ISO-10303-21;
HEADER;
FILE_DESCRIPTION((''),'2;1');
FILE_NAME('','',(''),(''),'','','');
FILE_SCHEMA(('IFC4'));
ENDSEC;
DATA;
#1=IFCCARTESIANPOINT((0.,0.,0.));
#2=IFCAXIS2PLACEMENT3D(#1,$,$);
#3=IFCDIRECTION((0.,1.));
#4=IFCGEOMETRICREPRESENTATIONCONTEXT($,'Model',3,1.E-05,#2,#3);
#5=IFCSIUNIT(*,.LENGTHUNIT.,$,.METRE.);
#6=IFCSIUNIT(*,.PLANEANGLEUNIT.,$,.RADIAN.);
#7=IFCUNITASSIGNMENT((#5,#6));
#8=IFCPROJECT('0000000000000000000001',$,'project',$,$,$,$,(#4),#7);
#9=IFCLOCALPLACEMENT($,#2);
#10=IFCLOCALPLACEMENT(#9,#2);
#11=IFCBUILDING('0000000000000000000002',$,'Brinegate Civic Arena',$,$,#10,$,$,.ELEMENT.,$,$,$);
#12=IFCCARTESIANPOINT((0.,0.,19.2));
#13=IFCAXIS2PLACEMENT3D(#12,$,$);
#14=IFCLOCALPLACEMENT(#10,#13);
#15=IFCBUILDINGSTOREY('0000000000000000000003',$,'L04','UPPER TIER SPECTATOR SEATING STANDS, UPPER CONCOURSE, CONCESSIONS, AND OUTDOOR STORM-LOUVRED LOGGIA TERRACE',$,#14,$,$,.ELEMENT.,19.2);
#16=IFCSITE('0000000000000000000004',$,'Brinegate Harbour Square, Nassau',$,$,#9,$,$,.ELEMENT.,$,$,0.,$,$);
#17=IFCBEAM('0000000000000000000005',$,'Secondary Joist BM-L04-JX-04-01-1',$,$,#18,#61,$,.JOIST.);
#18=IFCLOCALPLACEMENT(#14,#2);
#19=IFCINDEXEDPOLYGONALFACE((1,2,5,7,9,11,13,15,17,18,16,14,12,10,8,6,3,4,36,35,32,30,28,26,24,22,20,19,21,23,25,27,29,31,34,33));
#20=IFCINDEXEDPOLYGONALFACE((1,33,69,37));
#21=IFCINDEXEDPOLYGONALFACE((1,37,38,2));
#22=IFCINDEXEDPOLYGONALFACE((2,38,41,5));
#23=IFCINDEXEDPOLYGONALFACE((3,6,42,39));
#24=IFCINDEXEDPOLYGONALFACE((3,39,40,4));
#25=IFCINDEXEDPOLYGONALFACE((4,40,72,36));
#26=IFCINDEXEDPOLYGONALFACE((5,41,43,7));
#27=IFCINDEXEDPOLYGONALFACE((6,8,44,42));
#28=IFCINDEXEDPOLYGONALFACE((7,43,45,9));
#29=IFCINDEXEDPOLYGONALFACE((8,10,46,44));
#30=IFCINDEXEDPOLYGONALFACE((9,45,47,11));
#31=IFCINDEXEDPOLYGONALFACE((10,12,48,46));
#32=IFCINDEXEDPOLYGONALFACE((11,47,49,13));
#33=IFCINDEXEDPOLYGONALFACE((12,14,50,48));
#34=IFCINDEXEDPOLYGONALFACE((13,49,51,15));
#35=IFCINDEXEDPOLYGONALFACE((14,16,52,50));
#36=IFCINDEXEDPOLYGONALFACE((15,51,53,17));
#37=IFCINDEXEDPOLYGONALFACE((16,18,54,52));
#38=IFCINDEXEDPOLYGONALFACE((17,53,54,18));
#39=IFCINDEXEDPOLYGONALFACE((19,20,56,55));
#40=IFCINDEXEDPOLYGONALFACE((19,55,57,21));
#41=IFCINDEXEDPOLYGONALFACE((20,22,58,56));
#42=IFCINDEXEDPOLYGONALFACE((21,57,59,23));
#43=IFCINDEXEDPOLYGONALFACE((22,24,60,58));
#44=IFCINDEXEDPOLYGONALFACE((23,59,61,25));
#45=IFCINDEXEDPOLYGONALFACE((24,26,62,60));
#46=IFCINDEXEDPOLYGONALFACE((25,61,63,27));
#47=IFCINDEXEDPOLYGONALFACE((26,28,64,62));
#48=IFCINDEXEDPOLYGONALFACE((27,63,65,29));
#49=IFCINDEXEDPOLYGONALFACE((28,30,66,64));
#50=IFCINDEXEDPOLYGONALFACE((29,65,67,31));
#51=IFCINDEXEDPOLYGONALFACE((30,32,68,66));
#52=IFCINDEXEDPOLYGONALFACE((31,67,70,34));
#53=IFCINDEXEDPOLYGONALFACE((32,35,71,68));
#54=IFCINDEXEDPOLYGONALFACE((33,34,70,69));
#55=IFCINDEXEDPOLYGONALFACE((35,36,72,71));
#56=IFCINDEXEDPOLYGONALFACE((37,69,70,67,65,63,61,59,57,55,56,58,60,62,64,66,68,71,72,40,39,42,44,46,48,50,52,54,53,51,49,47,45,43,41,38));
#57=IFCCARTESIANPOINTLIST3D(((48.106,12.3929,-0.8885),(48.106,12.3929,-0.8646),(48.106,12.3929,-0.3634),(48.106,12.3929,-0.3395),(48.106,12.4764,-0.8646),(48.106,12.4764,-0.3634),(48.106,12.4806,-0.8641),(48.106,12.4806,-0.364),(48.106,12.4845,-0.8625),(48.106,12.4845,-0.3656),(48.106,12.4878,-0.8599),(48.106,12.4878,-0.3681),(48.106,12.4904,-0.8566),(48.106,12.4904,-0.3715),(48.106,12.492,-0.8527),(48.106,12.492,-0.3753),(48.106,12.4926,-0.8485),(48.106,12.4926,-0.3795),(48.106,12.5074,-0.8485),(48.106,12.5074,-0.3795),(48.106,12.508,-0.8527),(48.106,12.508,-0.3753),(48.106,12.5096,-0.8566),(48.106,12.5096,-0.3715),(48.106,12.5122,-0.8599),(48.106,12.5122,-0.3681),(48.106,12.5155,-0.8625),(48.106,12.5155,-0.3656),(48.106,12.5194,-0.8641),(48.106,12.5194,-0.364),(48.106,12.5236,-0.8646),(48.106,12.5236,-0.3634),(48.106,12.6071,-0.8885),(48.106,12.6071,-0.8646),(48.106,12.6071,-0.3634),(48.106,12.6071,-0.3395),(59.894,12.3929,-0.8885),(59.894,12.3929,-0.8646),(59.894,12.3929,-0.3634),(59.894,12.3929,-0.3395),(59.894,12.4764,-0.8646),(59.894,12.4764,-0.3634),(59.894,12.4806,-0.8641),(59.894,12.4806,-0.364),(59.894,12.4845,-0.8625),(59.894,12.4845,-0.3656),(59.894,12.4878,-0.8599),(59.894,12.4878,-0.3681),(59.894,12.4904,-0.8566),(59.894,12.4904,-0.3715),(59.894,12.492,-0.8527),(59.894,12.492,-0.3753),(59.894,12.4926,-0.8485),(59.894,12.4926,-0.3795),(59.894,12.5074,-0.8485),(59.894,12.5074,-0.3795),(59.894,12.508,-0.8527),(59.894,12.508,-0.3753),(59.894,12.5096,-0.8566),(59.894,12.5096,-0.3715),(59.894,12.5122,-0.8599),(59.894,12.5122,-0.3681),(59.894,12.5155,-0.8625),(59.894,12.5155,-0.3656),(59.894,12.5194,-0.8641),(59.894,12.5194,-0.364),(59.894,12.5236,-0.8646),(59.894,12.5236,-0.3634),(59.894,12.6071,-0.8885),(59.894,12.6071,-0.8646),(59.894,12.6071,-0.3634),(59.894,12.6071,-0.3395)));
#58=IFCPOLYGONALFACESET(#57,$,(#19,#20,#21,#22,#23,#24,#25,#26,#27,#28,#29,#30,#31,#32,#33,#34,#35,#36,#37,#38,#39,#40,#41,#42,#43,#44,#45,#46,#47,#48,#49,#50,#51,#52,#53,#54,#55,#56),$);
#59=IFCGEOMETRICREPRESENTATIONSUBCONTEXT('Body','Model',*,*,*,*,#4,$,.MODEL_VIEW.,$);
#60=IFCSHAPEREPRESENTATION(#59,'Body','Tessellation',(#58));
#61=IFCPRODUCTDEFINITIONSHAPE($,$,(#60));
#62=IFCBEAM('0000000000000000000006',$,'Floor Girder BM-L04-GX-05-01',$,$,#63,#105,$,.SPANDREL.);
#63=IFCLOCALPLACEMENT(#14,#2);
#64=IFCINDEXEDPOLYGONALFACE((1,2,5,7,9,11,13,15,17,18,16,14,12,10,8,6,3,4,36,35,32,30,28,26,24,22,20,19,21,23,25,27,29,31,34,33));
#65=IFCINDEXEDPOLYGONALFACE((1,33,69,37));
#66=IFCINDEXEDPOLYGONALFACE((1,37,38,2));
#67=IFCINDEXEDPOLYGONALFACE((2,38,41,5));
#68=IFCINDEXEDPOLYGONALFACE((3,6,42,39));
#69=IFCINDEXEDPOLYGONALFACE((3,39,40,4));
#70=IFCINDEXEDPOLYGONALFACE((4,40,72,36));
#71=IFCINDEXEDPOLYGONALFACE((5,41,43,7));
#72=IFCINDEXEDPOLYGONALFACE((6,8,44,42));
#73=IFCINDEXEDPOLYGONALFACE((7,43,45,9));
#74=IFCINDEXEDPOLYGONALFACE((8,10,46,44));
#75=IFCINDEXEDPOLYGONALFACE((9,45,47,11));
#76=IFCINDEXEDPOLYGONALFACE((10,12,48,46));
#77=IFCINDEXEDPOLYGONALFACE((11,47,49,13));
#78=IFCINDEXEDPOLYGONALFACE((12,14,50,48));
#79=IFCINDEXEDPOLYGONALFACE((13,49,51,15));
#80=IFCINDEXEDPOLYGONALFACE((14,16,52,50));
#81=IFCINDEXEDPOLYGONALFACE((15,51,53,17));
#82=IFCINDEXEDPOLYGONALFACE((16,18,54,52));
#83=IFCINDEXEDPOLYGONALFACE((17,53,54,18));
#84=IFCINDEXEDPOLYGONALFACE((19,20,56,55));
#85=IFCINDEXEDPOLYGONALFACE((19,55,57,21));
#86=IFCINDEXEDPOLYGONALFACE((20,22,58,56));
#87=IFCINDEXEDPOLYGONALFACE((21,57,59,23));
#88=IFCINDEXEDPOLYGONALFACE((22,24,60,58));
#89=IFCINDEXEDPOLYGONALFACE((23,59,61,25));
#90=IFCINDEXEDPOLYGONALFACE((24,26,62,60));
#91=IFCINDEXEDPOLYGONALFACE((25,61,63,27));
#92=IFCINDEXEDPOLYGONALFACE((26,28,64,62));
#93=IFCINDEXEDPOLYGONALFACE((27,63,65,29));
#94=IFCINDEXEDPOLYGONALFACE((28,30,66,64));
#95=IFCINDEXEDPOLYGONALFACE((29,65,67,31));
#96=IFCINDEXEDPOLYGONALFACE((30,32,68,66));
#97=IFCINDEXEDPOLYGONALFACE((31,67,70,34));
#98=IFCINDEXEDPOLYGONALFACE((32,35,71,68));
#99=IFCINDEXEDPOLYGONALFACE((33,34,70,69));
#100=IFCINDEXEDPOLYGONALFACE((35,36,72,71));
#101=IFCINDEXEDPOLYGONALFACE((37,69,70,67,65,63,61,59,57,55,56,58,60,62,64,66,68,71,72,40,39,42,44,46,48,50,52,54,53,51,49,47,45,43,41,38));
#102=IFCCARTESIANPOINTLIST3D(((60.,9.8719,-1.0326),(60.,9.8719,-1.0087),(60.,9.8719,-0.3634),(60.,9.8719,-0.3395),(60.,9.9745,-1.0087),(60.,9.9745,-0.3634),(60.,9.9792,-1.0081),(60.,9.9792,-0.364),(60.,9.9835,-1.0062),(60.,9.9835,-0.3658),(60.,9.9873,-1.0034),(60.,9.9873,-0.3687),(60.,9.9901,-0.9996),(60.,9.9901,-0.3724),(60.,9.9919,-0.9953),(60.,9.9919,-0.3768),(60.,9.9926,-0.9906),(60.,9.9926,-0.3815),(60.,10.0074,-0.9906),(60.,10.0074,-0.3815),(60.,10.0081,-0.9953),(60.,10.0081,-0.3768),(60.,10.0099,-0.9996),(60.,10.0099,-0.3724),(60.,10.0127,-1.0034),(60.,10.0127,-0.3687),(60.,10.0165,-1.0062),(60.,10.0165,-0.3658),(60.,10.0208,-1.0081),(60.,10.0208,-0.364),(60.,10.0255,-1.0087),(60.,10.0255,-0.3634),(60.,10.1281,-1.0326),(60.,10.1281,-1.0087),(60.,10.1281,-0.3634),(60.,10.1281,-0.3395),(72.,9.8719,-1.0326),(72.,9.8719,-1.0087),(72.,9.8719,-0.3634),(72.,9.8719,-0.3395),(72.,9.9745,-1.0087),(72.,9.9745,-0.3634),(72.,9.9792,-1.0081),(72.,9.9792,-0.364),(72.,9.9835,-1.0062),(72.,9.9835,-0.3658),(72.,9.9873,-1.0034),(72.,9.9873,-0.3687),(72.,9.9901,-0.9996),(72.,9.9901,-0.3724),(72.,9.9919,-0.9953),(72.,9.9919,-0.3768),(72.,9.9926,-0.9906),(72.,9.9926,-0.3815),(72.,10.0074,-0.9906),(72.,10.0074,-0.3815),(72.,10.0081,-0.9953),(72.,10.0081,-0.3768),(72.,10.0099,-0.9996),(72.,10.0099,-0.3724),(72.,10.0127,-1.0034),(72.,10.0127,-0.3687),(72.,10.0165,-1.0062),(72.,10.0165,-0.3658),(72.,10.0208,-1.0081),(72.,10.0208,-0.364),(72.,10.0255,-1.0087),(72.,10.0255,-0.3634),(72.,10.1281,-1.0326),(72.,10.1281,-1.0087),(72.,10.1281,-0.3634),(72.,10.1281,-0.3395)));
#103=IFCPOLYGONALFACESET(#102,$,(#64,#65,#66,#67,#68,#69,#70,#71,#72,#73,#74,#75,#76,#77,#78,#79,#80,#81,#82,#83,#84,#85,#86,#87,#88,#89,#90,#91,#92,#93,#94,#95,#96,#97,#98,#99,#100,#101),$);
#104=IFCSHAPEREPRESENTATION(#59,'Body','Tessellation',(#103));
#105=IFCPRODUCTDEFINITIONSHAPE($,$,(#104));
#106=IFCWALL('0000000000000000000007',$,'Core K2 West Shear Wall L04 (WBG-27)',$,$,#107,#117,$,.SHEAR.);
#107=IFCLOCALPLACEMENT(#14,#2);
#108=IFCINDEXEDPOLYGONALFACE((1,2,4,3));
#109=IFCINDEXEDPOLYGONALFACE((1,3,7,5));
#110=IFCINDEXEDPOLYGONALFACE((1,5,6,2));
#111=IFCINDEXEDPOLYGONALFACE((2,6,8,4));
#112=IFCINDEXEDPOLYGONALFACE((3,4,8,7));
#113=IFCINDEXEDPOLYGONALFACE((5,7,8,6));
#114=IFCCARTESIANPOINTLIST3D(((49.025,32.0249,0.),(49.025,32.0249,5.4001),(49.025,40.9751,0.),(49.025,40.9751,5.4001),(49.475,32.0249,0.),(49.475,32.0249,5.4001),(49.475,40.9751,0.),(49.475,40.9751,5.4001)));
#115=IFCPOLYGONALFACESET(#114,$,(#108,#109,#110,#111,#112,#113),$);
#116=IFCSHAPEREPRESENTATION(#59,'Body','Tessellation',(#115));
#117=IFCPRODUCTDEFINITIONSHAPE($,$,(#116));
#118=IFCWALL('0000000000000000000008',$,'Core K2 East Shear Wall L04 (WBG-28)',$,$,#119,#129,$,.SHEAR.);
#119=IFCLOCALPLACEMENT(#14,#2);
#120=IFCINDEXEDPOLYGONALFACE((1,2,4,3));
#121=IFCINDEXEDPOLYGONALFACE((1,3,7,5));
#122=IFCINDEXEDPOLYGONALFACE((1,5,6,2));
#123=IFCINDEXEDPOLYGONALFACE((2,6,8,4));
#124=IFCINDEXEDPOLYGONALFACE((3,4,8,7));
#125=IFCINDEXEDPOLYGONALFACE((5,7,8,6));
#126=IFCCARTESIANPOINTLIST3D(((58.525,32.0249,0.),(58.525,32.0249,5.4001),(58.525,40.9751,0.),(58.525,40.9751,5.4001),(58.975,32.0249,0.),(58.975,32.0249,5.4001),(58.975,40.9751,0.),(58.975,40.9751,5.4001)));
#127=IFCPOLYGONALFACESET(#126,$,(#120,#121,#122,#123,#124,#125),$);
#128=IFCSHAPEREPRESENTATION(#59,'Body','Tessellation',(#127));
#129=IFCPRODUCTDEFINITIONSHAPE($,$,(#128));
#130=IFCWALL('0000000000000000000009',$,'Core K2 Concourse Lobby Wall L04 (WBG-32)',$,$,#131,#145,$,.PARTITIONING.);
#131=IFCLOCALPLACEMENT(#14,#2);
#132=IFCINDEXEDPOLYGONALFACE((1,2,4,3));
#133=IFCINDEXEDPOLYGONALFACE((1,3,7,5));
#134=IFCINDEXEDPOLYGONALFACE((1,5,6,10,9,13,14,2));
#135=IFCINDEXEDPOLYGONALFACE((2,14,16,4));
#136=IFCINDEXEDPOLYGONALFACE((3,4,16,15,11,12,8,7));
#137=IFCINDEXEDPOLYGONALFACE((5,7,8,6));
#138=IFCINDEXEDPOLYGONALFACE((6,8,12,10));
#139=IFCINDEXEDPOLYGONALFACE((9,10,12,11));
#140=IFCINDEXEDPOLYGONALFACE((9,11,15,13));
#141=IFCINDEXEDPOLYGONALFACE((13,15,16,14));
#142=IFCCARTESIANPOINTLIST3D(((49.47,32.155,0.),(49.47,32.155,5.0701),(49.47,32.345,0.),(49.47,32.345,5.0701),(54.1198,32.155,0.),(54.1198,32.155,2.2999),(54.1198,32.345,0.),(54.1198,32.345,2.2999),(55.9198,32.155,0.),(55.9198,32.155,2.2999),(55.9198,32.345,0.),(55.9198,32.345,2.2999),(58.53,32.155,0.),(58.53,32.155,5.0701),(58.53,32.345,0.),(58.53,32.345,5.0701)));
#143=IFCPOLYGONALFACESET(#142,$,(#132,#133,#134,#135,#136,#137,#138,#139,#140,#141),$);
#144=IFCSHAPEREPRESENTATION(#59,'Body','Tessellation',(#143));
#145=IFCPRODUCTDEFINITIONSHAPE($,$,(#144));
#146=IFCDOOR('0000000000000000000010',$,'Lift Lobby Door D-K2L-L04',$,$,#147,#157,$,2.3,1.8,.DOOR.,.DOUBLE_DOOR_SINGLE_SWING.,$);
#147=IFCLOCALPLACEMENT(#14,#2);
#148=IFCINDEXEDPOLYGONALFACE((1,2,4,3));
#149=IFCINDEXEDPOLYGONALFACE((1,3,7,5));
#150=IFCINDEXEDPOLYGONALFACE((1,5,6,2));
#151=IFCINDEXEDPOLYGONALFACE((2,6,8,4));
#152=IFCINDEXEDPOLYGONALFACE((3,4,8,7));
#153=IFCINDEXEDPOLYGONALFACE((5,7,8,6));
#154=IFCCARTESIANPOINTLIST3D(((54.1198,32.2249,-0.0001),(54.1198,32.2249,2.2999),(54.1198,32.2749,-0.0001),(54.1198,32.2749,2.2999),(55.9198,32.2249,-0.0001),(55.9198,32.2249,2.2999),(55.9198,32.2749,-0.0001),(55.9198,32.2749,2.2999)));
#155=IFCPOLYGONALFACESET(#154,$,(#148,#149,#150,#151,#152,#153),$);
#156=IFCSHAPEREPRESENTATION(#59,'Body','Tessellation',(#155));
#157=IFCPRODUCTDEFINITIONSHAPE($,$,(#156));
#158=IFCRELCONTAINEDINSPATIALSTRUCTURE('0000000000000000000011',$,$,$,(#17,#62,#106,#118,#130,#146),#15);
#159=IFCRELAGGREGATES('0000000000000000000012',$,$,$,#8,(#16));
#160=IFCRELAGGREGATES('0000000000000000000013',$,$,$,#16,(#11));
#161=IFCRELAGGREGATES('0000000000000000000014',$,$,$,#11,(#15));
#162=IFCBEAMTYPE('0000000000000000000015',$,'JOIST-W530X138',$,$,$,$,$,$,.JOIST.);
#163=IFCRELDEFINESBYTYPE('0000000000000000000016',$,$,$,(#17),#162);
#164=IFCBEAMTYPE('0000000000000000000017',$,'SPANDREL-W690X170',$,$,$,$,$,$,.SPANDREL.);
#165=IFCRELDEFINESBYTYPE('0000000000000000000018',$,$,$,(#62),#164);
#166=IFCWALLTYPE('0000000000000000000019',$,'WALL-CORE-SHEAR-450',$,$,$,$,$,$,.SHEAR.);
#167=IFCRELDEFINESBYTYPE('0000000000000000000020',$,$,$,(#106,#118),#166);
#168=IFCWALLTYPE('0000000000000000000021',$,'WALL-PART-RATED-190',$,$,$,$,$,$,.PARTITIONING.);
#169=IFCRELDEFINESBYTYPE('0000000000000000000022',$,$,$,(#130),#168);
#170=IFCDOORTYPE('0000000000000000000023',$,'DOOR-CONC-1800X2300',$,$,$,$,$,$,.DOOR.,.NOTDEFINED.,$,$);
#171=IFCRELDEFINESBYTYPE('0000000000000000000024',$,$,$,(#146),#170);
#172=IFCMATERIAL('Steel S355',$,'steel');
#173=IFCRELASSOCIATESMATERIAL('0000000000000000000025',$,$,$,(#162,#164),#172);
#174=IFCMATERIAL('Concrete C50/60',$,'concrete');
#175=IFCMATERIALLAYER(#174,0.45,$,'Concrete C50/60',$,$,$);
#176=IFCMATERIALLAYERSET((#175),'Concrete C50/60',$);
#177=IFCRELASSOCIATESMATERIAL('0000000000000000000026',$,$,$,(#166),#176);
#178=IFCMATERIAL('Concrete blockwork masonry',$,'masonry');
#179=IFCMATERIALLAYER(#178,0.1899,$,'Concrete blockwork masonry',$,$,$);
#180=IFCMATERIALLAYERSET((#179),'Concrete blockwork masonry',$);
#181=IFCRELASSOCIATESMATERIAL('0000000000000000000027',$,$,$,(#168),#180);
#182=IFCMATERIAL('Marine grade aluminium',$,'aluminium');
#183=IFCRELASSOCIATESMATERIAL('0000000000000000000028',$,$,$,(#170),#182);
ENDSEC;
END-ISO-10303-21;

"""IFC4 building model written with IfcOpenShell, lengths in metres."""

from ifc_helpers import new_model, si_unit, direction, frame, frame_2d, origin, origin_2d, place, context, subcontext, project, spatial, rectangle, i_section, extrude, material, layer, layer_set, material_profile, profile_set, type_object, element, fill, save


model = new_model("IFC4")

# Units and contexts
model_context = context("Model", 3, precision=1e-05, world=origin(), true_north=direction((0.0, 1.0)))
body_context = subcontext(model_context, "Body", "Model", "MODEL_VIEW")
ifc_project = project(units=[si_unit("LENGTHUNIT", "METRE"), si_unit("PLANEANGLEUNIT", "RADIAN")], contexts=[model_context])

# Site, building, storey
site_placement = place(None, origin())
site = spatial("IfcSite", under=ifc_project, at=site_placement, Name="Brinegate Harbour Square, Nassau", CompositionType="ELEMENT", RefElevation=0.0)
building_placement = place(site_placement, origin())
building = spatial("IfcBuilding", under=site, at=building_placement, Name="Brinegate Civic Arena", CompositionType="ELEMENT")
storey_placement = place(building_placement, frame((0.0, 0.0, 19.2)))
storey = spatial("IfcBuildingStorey", under=building, at=storey_placement, Name="L04", Description="UPPER TIER SPECTATOR SEATING STANDS, UPPER CONCOURSE, CONCESSIONS, AND OUTDOOR STORM-LOUVRED LOGGIA TERRACE", CompositionType="ELEMENT", Elevation=19.2)

# Shared definitions
ifc_material_1 = material(Name="Concrete C50/60", Category="concrete")

# Beams
ifc_material_2 = material(Name="Steel S355", Category="steel")
ifc_material_profile_1 = material_profile(ifc_material_2, i_section(OverallWidth=0.2141, OverallDepth=0.5491, WebThickness=0.0149, FlangeThickness=0.0239, FilletRadius=0.0161, at=origin_2d()), Name="W530X138")
ifc_profile_set_1 = profile_set([ifc_material_profile_1], Name="Steel S355")
beam_type_1 = type_object("IfcBeamType", Name="JOIST-W530X138", PredefinedType="JOIST", material=ifc_profile_set_1)
beam_1_placement = place(storey_placement, frame((48.106, 12.5, -0.614), z_axis=(1.0, 0.0, 0.0), x_axis=(0.0, 1.0, 0.0)))
element("IfcBeam", 1, at=beam_1_placement, inside=storey, type_object=beam_type_1, Name="Secondary Joist BM-L04-JX-04-01-1", PredefinedType="JOIST", context=body_context, shape_type="SweptSolid", body=[
    extrude(i_section(OverallWidth=0.2141, OverallDepth=0.5491, WebThickness=0.0149, FlangeThickness=0.0239, FilletRadius=0.0161, at=origin_2d()), origin(), (0.0, 0.0, 1.0), 11.7881),
])
ifc_material_profile_2 = material_profile(ifc_material_2, i_section(OverallWidth=0.2561, OverallDepth=0.6931, WebThickness=0.0149, FlangeThickness=0.0239, FilletRadius=0.0181, at=origin_2d()), Name="W690X170")
ifc_profile_set_2 = profile_set([ifc_material_profile_2], Name="Steel S355")
beam_type_2 = type_object("IfcBeamType", Name="SPANDREL-W690X170", PredefinedType="SPANDREL", material=ifc_profile_set_2)
beam_2_placement = place(storey_placement, frame((60.0, 10.0, -0.686), z_axis=(1.0, 0.0, 0.0), x_axis=(0.0, 1.0, 0.0)))
element("IfcBeam", 2, at=beam_2_placement, inside=storey, type_object=beam_type_2, Name="Floor Girder BM-L04-GX-05-01", PredefinedType="SPANDREL", context=body_context, shape_type="SweptSolid", body=[
    extrude(i_section(OverallWidth=0.2561, OverallDepth=0.6931, WebThickness=0.0149, FlangeThickness=0.0239, FilletRadius=0.0181, at=origin_2d()), origin(), (0.0, 0.0, 1.0), 12.0),
])

# Walls
ifc_layer_1 = layer(ifc_material_1, 0.45, Name="Concrete C50/60")
ifc_layer_set_1 = layer_set([ifc_layer_1], Name="Concrete C50/60")
wall_type_1 = type_object("IfcWallType", Name="WALL-CORE-SHEAR-450", PredefinedType="SHEAR", material=ifc_layer_set_1)
for number, where, z_axis, x_axis, name in (
    (3, (49.25, 32.0249, 0.0), (0.0, 0.0, 1.0), (0.0, 1.0, 0.0), "Core K2 West Shear Wall L04 (WBG-27)"),
    (4, (58.75, 32.0249, 0.0), (0.0, 0.0, 1.0), (0.0, 1.0, 0.0), "Core K2 East Shear Wall L04 (WBG-28)"),
):
    element("IfcWall", number, at=place(storey_placement, frame(where, z_axis=z_axis, x_axis=x_axis)), inside=storey, type_object=wall_type_1, Name=name, PredefinedType="SHEAR", context=body_context, shape_type="SweptSolid", body=[
        extrude(rectangle(XDim=8.9502, YDim=0.45, at=frame_2d((4.4751, 0.0))), origin(), (0.0, 0.0, 1.0), 5.4001),
    ])

# Wall, opening, door
ifc_material_3 = material(Name="Concrete blockwork masonry", Category="masonry")
ifc_layer_2 = layer(ifc_material_3, 0.1899, Name="Concrete blockwork masonry")
ifc_layer_set_2 = layer_set([ifc_layer_2], Name="Concrete blockwork masonry")
wall_type_2 = type_object("IfcWallType", Name="WALL-PART-RATED-190", PredefinedType="PARTITIONING", material=ifc_layer_set_2)
wall_1_placement = place(storey_placement, frame((49.47, 32.25, 0.0), z_axis=(0.0, 0.0, 1.0), x_axis=(1.0, 0.0, 0.0)))
wall_1 = element("IfcWall", 5, at=wall_1_placement, inside=storey, type_object=wall_type_2, Name="Core K2 Concourse Lobby Wall L04 (WBG-32)", PredefinedType="PARTITIONING", context=body_context, shape_type="SweptSolid", body=[
    extrude(rectangle(XDim=9.0601, YDim=0.1899, at=frame_2d((4.53, 0.0))), origin(), (0.0, 0.0, 1.0), 5.0701),
])
opening_1_placement = place(wall_1_placement, frame((4.6499, 0.0, 0.0)))
opening_1 = element("IfcOpeningElement", 6, at=opening_1_placement, cuts=wall_1, PredefinedType="OPENING", context=body_context, shape_type="SweptSolid", body=[
    extrude(rectangle(XDim=1.8, YDim=2.3, at=frame_2d((0.8999, 1.1499))), frame((0.0, 0.105, 0.0), z_axis=(0.0, -1.0, 0.0), x_axis=(1.0, 0.0, 0.0)), (0.0, 0.0, 1.0), 0.21),
])
ifc_material_4 = material(Name="Marine grade aluminium", Category="aluminium")
door_type_1 = type_object("IfcDoorType", Name="DOOR-CONC-1800X2300", OperationType="NOTDEFINED", PredefinedType="DOOR", material=ifc_material_4)
door_1_placement = place(opening_1_placement, origin())
door_1 = element("IfcDoor", 7, at=door_1_placement, inside=storey, type_object=door_type_1, Name="Lift Lobby Door D-K2L-L04", OperationType="DOUBLE_DOOR_SINGLE_SWING", OverallHeight=2.3, OverallWidth=1.8, PredefinedType="DOOR", context=body_context, shape_type="SweptSolid", body=[
    extrude(rectangle(XDim=1.8, YDim=2.3, at=frame_2d((0.8999, 1.1499))), frame((0.0, 0.0249, 0.0), z_axis=(0.0, -1.0, 0.0), x_axis=(1.0, 0.0, 0.0)), (0.0, 0.0, 1.0), 0.05),
])
fill(opening_1, door_1)

save(model, "model.ifc")
